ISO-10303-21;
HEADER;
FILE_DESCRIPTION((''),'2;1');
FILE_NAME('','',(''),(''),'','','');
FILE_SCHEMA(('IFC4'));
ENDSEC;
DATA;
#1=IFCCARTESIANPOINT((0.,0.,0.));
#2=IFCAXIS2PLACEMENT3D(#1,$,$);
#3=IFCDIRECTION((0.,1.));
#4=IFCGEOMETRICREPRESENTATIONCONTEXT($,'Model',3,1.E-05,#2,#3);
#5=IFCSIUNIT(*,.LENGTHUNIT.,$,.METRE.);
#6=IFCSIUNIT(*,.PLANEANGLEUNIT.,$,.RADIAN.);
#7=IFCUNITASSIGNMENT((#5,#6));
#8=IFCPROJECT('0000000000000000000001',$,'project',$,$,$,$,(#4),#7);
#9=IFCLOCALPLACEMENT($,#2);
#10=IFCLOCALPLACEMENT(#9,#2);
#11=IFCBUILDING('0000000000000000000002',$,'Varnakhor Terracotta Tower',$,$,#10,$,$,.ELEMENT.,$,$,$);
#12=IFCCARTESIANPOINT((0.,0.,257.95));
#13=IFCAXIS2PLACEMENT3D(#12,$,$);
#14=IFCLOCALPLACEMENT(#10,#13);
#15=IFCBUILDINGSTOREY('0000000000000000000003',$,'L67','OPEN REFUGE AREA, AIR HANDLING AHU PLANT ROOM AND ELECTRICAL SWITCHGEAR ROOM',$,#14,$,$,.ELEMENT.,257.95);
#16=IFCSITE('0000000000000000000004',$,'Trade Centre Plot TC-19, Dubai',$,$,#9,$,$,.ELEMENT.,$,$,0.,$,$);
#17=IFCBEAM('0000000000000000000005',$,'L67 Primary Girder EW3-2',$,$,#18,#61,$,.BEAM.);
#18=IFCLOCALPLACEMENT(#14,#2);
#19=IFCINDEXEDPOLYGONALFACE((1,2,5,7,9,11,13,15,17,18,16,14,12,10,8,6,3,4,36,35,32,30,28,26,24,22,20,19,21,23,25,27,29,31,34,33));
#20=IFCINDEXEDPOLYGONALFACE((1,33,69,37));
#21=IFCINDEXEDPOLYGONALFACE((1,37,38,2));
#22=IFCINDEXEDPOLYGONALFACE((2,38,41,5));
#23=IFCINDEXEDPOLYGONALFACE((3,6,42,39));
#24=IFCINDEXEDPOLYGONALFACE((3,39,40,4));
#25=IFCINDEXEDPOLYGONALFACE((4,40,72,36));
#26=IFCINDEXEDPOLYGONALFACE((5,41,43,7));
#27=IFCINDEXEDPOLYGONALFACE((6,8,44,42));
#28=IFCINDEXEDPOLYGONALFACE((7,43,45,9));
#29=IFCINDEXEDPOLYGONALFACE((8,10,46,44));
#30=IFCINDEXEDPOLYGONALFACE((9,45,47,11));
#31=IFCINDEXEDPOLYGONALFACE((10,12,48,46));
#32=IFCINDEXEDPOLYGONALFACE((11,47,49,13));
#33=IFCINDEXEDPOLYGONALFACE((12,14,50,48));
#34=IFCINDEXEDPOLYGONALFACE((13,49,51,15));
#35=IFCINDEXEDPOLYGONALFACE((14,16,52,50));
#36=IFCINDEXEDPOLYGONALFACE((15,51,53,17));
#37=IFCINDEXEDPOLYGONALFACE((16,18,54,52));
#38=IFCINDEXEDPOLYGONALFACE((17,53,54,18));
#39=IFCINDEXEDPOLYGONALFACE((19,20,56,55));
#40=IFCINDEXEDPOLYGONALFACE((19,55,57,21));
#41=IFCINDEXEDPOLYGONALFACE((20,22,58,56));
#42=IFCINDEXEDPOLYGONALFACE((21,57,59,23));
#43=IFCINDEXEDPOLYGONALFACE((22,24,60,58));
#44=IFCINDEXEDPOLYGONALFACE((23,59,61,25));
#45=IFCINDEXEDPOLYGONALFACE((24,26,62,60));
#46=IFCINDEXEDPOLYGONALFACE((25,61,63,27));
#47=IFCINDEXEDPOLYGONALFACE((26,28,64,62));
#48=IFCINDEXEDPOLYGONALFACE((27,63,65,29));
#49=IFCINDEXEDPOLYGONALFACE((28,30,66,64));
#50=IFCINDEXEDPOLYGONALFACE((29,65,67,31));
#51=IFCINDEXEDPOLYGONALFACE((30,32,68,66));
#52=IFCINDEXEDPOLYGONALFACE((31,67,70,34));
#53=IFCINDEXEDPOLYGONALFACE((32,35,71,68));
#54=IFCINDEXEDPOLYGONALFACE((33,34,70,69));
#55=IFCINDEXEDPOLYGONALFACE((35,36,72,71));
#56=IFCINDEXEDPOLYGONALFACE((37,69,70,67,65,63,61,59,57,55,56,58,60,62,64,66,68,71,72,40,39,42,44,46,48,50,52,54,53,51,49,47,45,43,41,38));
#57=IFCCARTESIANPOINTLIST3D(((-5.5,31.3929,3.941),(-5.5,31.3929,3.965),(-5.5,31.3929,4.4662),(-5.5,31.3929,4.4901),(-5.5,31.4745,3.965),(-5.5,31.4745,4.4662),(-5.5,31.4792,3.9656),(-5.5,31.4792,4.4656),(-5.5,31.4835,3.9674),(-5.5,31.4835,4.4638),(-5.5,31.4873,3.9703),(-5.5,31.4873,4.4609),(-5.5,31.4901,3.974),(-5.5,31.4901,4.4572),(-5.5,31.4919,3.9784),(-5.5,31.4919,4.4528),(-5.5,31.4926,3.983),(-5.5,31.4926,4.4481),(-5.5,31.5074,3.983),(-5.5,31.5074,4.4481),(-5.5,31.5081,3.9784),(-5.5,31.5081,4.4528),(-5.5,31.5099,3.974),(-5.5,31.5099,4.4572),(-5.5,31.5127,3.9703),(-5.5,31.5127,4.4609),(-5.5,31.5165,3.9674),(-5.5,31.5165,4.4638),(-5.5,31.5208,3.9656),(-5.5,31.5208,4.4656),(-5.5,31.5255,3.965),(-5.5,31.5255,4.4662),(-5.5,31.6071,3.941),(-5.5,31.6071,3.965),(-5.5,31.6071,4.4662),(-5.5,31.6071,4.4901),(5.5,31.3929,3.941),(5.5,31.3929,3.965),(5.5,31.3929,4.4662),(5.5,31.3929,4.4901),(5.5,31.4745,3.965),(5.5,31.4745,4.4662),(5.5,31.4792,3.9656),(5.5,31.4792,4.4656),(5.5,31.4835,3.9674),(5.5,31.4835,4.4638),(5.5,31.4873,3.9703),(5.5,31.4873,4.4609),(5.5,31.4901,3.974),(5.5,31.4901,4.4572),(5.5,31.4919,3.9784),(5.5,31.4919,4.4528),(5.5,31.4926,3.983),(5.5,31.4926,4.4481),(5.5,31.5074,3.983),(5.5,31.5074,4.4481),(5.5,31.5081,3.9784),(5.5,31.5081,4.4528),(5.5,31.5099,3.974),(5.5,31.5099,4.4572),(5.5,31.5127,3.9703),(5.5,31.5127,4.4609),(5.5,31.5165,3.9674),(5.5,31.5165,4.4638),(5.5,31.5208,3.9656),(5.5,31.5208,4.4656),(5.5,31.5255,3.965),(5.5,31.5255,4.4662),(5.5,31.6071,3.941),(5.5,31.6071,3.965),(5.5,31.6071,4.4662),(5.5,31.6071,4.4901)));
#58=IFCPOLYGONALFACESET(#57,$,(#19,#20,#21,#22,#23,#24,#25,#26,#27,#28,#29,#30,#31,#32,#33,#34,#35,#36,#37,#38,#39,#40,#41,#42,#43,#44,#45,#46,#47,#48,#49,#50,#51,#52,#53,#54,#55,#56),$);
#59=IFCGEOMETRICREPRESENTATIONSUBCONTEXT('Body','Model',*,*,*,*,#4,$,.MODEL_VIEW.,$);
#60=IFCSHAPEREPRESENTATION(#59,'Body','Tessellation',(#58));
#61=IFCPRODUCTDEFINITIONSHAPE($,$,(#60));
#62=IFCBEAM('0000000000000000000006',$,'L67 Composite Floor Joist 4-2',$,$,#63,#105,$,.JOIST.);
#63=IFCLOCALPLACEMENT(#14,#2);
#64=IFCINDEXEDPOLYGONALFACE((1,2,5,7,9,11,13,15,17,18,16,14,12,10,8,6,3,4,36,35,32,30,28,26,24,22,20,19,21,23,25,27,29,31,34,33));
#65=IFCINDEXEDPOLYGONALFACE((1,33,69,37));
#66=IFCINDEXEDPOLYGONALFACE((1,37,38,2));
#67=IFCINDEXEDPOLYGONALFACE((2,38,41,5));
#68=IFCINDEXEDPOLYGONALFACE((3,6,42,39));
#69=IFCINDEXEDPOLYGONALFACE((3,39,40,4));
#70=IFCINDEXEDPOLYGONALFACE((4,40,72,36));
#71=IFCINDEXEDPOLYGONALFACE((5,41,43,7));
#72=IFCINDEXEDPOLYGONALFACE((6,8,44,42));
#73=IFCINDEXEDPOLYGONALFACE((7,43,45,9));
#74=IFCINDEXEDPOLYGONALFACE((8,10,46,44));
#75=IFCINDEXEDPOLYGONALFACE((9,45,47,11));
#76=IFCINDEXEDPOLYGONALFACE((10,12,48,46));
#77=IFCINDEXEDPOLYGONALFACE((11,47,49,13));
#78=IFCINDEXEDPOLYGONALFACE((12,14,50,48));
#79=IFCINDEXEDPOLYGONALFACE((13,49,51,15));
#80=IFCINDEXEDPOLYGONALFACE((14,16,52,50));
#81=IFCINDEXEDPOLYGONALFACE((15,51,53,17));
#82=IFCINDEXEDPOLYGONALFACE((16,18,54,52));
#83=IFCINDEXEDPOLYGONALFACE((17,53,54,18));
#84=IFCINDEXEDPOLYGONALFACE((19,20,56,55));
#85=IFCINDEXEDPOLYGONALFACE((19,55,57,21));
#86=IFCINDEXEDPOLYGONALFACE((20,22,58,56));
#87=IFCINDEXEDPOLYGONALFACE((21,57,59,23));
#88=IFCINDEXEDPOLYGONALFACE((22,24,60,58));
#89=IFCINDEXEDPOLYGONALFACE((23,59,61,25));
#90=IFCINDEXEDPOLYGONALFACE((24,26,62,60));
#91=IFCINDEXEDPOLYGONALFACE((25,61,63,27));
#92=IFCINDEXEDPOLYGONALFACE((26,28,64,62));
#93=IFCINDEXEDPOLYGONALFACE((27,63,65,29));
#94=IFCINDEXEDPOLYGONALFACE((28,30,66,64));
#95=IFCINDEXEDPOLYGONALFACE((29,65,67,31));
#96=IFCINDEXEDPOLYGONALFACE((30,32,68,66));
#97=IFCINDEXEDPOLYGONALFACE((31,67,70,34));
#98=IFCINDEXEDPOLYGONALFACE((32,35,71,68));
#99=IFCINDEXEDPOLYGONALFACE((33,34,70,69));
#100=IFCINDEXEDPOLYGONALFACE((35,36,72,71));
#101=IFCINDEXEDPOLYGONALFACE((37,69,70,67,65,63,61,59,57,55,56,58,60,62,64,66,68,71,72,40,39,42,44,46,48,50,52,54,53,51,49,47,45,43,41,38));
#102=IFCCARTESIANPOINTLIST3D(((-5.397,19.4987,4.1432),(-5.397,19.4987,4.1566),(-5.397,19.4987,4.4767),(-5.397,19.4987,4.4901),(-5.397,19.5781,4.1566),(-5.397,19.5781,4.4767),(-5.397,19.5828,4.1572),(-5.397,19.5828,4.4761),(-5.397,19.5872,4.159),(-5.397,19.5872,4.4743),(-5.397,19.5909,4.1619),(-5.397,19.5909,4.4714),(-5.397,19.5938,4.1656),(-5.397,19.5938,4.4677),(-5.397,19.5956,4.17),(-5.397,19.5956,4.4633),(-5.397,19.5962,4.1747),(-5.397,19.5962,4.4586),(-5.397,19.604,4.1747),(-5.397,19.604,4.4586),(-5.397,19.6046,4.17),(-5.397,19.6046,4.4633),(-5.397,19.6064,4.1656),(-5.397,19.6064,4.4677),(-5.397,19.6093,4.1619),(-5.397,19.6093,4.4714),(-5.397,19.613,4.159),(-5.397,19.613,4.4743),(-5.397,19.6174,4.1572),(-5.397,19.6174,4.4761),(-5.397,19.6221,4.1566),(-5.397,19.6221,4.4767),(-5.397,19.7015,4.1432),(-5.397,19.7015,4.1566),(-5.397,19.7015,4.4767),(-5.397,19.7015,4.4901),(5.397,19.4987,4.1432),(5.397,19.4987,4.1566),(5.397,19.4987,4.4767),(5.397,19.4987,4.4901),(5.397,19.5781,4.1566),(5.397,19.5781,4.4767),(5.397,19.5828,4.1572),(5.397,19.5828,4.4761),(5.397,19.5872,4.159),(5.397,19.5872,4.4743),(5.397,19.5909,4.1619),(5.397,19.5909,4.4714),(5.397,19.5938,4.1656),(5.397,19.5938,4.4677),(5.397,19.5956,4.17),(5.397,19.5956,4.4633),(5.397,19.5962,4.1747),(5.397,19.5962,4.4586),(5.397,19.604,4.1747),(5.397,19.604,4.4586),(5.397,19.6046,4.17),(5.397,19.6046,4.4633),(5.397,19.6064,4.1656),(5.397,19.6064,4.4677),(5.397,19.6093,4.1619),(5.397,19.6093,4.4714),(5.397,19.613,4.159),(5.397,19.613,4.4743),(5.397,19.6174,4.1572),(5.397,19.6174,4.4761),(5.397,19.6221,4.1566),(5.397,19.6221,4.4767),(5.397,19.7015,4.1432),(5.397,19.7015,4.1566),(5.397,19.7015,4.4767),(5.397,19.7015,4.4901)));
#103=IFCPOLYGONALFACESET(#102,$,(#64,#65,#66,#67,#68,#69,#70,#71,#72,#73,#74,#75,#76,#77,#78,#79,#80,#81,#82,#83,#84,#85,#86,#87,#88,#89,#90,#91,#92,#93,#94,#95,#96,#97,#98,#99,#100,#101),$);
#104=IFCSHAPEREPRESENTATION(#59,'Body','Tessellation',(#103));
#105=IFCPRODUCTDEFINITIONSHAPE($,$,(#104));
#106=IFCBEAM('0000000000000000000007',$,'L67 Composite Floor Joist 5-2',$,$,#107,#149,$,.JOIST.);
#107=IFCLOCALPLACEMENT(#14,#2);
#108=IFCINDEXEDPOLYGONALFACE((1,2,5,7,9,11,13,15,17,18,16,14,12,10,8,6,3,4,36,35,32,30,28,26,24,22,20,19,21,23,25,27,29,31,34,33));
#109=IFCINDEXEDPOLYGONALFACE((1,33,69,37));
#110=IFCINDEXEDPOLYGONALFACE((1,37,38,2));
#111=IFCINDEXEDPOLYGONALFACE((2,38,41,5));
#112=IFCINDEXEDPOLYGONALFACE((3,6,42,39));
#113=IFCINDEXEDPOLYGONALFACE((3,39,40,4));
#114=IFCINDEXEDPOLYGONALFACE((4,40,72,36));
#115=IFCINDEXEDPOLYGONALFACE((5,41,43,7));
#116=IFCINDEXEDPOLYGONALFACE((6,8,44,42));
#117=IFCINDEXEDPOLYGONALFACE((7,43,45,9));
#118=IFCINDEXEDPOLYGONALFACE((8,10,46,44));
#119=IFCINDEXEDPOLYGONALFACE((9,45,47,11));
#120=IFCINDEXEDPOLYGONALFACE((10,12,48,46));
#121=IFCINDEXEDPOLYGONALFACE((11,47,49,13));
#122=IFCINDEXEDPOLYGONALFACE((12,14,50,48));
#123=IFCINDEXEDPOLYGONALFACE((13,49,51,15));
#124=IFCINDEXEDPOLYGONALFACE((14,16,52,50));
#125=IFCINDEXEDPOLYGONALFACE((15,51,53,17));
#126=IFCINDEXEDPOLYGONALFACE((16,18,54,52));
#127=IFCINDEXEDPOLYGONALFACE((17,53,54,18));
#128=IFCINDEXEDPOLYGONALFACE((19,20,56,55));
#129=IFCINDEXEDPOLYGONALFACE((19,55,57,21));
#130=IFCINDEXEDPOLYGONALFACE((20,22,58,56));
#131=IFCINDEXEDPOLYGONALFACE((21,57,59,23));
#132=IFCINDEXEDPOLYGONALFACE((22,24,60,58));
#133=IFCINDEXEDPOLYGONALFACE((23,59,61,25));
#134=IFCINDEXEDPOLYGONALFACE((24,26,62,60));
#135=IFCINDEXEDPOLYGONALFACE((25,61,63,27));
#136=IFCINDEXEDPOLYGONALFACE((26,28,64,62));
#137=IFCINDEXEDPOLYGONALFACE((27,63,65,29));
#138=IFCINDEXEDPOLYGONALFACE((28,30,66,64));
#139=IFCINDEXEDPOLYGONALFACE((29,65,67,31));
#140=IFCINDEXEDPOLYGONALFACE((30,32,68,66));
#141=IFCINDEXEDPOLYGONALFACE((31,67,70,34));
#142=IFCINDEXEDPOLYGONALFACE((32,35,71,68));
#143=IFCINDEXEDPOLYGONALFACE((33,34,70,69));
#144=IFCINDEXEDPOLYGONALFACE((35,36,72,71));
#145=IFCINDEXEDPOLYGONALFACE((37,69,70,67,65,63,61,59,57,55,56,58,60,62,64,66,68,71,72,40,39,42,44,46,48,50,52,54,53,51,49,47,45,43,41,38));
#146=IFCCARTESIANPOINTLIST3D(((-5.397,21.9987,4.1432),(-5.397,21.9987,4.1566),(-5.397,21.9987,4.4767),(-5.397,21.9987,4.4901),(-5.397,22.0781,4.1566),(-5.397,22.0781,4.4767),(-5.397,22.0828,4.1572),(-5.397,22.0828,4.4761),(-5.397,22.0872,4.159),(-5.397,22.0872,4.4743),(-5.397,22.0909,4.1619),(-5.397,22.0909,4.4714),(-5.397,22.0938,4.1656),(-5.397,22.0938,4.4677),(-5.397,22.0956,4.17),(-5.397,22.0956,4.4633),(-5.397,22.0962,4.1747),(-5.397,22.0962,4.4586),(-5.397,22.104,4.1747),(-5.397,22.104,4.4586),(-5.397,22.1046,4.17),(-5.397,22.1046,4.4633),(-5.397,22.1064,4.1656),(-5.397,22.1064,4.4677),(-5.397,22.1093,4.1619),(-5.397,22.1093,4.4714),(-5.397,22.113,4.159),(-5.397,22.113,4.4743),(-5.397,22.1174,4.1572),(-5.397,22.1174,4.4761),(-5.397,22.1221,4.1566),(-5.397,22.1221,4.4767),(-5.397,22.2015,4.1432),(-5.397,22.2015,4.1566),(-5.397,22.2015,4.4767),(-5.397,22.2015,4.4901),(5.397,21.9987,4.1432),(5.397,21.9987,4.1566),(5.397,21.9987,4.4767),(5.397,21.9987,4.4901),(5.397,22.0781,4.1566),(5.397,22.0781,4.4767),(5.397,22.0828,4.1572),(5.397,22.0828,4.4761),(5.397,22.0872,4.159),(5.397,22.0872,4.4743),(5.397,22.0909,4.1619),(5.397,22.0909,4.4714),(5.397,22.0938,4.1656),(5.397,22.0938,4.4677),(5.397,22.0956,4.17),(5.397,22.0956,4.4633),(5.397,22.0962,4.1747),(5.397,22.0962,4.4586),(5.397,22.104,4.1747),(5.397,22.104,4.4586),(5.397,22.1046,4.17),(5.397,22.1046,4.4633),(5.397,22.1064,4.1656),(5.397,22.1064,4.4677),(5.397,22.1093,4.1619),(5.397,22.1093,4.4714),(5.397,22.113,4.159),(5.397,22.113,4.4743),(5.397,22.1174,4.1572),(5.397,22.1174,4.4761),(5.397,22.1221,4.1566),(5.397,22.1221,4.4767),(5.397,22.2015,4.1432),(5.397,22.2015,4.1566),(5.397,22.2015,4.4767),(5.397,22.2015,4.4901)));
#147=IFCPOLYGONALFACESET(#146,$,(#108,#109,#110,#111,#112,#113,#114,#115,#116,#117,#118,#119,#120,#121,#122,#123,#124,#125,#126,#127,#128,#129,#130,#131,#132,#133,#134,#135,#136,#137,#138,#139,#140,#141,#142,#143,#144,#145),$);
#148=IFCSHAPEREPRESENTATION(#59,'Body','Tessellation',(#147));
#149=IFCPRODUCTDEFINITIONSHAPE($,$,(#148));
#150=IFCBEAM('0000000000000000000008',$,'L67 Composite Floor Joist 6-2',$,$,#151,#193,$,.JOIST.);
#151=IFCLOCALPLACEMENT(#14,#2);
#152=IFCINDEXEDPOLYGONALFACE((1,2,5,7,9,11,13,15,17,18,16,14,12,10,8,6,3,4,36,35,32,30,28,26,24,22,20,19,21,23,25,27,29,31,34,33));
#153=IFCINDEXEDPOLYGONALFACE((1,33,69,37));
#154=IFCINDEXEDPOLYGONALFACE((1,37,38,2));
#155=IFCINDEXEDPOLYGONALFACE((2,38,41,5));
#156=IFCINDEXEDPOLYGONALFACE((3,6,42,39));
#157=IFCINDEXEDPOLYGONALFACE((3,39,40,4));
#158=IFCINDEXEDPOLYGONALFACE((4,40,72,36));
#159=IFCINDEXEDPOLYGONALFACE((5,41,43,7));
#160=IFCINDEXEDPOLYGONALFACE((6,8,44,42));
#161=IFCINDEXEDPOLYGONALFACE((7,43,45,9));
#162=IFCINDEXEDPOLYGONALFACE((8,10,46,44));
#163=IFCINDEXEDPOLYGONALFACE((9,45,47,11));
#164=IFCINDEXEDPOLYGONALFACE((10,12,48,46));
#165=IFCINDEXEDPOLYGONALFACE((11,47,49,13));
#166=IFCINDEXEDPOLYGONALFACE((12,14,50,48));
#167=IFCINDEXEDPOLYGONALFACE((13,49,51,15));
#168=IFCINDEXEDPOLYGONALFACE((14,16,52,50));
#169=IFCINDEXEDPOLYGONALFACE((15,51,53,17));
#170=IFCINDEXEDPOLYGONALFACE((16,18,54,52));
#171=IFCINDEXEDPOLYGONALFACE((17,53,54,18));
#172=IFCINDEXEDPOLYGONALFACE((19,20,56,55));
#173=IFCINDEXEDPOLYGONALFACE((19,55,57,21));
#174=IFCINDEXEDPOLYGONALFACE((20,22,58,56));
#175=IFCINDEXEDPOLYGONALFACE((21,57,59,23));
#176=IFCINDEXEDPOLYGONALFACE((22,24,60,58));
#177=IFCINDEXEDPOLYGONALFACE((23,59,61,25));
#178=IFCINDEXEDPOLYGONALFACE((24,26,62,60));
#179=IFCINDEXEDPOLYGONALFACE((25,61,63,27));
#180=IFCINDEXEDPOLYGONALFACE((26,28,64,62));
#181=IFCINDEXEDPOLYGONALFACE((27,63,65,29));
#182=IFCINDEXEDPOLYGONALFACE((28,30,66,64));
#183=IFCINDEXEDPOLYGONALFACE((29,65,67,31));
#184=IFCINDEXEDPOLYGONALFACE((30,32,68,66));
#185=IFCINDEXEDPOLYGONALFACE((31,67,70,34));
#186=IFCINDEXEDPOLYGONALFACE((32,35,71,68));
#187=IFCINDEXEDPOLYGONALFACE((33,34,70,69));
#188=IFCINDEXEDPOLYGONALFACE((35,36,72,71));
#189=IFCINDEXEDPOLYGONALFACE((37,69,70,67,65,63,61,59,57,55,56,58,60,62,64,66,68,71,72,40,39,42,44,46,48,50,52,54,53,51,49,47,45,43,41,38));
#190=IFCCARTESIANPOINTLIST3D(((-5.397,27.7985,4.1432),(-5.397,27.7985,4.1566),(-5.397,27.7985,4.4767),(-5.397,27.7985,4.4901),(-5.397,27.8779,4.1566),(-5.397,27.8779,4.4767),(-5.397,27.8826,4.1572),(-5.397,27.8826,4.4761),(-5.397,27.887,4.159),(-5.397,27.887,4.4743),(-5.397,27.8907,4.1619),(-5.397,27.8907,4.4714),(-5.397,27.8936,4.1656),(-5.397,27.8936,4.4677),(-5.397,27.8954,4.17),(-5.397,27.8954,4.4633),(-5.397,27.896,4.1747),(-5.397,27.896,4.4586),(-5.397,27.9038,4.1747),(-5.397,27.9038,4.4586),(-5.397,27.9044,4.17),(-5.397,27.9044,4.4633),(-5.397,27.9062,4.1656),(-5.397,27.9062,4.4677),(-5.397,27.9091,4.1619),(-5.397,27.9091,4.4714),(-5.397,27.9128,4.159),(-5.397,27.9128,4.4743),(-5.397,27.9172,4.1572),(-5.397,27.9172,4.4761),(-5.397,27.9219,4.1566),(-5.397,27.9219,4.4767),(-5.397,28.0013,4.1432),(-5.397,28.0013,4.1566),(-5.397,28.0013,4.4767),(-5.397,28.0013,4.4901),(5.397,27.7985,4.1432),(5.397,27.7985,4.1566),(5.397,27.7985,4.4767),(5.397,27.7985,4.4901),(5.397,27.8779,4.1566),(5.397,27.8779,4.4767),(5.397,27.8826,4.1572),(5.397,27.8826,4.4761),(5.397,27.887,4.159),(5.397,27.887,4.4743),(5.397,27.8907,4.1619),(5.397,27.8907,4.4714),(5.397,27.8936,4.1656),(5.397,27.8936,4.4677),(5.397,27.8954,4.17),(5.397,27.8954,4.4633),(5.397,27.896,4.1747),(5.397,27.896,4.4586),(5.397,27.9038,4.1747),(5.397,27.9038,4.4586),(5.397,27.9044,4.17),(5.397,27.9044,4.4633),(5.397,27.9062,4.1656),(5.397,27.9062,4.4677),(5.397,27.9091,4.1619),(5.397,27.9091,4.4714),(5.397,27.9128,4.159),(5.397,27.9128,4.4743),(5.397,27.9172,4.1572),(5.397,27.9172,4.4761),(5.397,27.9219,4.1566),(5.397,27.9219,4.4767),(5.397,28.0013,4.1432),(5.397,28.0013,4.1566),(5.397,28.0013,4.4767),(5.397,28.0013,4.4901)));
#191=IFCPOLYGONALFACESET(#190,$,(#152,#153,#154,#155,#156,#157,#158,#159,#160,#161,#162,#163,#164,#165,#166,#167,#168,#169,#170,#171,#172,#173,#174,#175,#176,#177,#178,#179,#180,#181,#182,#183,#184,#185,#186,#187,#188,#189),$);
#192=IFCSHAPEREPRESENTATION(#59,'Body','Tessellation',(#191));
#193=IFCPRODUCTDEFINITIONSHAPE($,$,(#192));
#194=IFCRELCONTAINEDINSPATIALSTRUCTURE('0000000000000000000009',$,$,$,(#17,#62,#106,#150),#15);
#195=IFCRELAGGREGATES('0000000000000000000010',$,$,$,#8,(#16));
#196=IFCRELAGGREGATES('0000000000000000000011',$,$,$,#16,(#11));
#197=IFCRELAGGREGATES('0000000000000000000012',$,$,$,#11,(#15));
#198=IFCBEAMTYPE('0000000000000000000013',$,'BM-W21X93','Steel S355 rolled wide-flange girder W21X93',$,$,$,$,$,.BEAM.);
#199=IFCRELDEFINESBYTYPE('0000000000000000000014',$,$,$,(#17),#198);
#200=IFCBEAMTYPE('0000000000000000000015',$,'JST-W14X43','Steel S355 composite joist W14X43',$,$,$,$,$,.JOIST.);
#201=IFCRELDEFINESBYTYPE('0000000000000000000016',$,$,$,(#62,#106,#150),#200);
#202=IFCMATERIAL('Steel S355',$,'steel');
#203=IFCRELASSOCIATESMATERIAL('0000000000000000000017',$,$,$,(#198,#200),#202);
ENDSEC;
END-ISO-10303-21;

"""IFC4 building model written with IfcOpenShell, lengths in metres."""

from ifc_helpers import new_model, si_unit, direction, frame, origin, origin_2d, place, context, subcontext, project, spatial, i_section, extrude, source, transform, mapped, material, material_profile, profile_set, type_object, element, save


model = new_model("IFC4")

# Units and contexts
model_context = context("Model", 3, precision=1e-05, world=origin(), true_north=direction((0.0, 1.0)))
body_context = subcontext(model_context, "Body", "Model", "MODEL_VIEW")
ifc_project = project(units=[si_unit("LENGTHUNIT", "METRE"), si_unit("PLANEANGLEUNIT", "RADIAN")], contexts=[model_context])

# Site, building, storey
site_placement = place(None, origin())
site = spatial("IfcSite", under=ifc_project, at=site_placement, Name="Trade Centre Plot TC-19, Dubai", CompositionType="ELEMENT", RefElevation=0.0)
building_placement = place(site_placement, origin())
building = spatial("IfcBuilding", under=site, at=building_placement, Name="Varnakhor Terracotta Tower", CompositionType="ELEMENT")
storey_placement = place(building_placement, frame((0.0, 0.0, 257.95)))
storey = spatial("IfcBuildingStorey", under=building, at=storey_placement, Name="L67", Description="OPEN REFUGE AREA, AIR HANDLING AHU PLANT ROOM AND ELECTRICAL SWITCHGEAR ROOM", CompositionType="ELEMENT", Elevation=257.95)

# Beams
ifc_material_1 = material(Name="Steel S355", Category="steel")
ifc_material_profile_1 = material_profile(ifc_material_1, i_section(OverallWidth=0.2141, OverallDepth=0.5491, WebThickness=0.0149, FlangeThickness=0.0239, FilletRadius=0.0181, at=origin_2d()), Name="W21X93")
ifc_profile_set_1 = profile_set([ifc_material_profile_1], Name="Steel S355")
beam_type_1 = type_object("IfcBeamType", Name="BM-W21X93", Description="Steel S355 rolled wide-flange girder W21X93", PredefinedType="BEAM", material=ifc_profile_set_1)
shared_shape_1 = source(origin(), body_context, "Body", "SweptSolid", [
    extrude(i_section(OverallWidth=0.2141, OverallDepth=0.5491, WebThickness=0.0149, FlangeThickness=0.0239, FilletRadius=0.0181, at=origin_2d()), origin(), (0.0, 0.0, 1.0), 11.0),
])
for number, where, z_axis, x_axis, name in (
    (1, (-5.5, 31.5, 4.2156), (1.0, 0.0, 0.0), (0.0, 1.0, 0.0), "L67 Primary Girder EW3-2"),
):
    element("IfcBeam", number, at=place(storey_placement, frame(where, z_axis=z_axis, x_axis=x_axis)), inside=storey, type_object=beam_type_1, Name=name, PredefinedType="BEAM", context=body_context, shape_type="MappedRepresentation", body=[
        mapped(shared_shape_1, transform((0.0, 0.0, 0.0), scale=1.0)),
    ])
ifc_material_profile_2 = material_profile(ifc_material_1, i_section(OverallWidth=0.2029, OverallDepth=0.3469, WebThickness=0.0078, FlangeThickness=0.0134, FilletRadius=0.0181, at=origin_2d()), Name="W14X43")
ifc_profile_set_2 = profile_set([ifc_material_profile_2], Name="Steel S355")
beam_type_2 = type_object("IfcBeamType", Name="JST-W14X43", Description="Steel S355 composite joist W14X43", PredefinedType="JOIST", material=ifc_profile_set_2)
shared_shape_2 = source(origin(), body_context, "Body", "SweptSolid", [
    extrude(i_section(OverallWidth=0.2029, OverallDepth=0.3469, WebThickness=0.0078, FlangeThickness=0.0134, FilletRadius=0.0181, at=origin_2d()), origin(), (0.0, 0.0, 1.0), 10.7939),
])
for number, where, z_axis, x_axis, name in (
    (2, (-5.397, 19.6001, 4.3167), (1.0, 0.0, 0.0), (0.0, 1.0, 0.0), "L67 Composite Floor Joist 4-2"),
    (3, (-5.397, 22.1001, 4.3167), (1.0, 0.0, 0.0), (0.0, 1.0, 0.0), "L67 Composite Floor Joist 5-2"),
    (4, (-5.397, 27.8999, 4.3167), (1.0, 0.0, 0.0), (0.0, 1.0, 0.0), "L67 Composite Floor Joist 6-2"),
):
    element("IfcBeam", number, at=place(storey_placement, frame(where, z_axis=z_axis, x_axis=x_axis)), inside=storey, type_object=beam_type_2, Name=name, PredefinedType="JOIST", context=body_context, shape_type="MappedRepresentation", body=[
        mapped(shared_shape_2, transform((0.0, 0.0, 0.0), scale=1.0)),
    ])

save(model, "model.ifc")
